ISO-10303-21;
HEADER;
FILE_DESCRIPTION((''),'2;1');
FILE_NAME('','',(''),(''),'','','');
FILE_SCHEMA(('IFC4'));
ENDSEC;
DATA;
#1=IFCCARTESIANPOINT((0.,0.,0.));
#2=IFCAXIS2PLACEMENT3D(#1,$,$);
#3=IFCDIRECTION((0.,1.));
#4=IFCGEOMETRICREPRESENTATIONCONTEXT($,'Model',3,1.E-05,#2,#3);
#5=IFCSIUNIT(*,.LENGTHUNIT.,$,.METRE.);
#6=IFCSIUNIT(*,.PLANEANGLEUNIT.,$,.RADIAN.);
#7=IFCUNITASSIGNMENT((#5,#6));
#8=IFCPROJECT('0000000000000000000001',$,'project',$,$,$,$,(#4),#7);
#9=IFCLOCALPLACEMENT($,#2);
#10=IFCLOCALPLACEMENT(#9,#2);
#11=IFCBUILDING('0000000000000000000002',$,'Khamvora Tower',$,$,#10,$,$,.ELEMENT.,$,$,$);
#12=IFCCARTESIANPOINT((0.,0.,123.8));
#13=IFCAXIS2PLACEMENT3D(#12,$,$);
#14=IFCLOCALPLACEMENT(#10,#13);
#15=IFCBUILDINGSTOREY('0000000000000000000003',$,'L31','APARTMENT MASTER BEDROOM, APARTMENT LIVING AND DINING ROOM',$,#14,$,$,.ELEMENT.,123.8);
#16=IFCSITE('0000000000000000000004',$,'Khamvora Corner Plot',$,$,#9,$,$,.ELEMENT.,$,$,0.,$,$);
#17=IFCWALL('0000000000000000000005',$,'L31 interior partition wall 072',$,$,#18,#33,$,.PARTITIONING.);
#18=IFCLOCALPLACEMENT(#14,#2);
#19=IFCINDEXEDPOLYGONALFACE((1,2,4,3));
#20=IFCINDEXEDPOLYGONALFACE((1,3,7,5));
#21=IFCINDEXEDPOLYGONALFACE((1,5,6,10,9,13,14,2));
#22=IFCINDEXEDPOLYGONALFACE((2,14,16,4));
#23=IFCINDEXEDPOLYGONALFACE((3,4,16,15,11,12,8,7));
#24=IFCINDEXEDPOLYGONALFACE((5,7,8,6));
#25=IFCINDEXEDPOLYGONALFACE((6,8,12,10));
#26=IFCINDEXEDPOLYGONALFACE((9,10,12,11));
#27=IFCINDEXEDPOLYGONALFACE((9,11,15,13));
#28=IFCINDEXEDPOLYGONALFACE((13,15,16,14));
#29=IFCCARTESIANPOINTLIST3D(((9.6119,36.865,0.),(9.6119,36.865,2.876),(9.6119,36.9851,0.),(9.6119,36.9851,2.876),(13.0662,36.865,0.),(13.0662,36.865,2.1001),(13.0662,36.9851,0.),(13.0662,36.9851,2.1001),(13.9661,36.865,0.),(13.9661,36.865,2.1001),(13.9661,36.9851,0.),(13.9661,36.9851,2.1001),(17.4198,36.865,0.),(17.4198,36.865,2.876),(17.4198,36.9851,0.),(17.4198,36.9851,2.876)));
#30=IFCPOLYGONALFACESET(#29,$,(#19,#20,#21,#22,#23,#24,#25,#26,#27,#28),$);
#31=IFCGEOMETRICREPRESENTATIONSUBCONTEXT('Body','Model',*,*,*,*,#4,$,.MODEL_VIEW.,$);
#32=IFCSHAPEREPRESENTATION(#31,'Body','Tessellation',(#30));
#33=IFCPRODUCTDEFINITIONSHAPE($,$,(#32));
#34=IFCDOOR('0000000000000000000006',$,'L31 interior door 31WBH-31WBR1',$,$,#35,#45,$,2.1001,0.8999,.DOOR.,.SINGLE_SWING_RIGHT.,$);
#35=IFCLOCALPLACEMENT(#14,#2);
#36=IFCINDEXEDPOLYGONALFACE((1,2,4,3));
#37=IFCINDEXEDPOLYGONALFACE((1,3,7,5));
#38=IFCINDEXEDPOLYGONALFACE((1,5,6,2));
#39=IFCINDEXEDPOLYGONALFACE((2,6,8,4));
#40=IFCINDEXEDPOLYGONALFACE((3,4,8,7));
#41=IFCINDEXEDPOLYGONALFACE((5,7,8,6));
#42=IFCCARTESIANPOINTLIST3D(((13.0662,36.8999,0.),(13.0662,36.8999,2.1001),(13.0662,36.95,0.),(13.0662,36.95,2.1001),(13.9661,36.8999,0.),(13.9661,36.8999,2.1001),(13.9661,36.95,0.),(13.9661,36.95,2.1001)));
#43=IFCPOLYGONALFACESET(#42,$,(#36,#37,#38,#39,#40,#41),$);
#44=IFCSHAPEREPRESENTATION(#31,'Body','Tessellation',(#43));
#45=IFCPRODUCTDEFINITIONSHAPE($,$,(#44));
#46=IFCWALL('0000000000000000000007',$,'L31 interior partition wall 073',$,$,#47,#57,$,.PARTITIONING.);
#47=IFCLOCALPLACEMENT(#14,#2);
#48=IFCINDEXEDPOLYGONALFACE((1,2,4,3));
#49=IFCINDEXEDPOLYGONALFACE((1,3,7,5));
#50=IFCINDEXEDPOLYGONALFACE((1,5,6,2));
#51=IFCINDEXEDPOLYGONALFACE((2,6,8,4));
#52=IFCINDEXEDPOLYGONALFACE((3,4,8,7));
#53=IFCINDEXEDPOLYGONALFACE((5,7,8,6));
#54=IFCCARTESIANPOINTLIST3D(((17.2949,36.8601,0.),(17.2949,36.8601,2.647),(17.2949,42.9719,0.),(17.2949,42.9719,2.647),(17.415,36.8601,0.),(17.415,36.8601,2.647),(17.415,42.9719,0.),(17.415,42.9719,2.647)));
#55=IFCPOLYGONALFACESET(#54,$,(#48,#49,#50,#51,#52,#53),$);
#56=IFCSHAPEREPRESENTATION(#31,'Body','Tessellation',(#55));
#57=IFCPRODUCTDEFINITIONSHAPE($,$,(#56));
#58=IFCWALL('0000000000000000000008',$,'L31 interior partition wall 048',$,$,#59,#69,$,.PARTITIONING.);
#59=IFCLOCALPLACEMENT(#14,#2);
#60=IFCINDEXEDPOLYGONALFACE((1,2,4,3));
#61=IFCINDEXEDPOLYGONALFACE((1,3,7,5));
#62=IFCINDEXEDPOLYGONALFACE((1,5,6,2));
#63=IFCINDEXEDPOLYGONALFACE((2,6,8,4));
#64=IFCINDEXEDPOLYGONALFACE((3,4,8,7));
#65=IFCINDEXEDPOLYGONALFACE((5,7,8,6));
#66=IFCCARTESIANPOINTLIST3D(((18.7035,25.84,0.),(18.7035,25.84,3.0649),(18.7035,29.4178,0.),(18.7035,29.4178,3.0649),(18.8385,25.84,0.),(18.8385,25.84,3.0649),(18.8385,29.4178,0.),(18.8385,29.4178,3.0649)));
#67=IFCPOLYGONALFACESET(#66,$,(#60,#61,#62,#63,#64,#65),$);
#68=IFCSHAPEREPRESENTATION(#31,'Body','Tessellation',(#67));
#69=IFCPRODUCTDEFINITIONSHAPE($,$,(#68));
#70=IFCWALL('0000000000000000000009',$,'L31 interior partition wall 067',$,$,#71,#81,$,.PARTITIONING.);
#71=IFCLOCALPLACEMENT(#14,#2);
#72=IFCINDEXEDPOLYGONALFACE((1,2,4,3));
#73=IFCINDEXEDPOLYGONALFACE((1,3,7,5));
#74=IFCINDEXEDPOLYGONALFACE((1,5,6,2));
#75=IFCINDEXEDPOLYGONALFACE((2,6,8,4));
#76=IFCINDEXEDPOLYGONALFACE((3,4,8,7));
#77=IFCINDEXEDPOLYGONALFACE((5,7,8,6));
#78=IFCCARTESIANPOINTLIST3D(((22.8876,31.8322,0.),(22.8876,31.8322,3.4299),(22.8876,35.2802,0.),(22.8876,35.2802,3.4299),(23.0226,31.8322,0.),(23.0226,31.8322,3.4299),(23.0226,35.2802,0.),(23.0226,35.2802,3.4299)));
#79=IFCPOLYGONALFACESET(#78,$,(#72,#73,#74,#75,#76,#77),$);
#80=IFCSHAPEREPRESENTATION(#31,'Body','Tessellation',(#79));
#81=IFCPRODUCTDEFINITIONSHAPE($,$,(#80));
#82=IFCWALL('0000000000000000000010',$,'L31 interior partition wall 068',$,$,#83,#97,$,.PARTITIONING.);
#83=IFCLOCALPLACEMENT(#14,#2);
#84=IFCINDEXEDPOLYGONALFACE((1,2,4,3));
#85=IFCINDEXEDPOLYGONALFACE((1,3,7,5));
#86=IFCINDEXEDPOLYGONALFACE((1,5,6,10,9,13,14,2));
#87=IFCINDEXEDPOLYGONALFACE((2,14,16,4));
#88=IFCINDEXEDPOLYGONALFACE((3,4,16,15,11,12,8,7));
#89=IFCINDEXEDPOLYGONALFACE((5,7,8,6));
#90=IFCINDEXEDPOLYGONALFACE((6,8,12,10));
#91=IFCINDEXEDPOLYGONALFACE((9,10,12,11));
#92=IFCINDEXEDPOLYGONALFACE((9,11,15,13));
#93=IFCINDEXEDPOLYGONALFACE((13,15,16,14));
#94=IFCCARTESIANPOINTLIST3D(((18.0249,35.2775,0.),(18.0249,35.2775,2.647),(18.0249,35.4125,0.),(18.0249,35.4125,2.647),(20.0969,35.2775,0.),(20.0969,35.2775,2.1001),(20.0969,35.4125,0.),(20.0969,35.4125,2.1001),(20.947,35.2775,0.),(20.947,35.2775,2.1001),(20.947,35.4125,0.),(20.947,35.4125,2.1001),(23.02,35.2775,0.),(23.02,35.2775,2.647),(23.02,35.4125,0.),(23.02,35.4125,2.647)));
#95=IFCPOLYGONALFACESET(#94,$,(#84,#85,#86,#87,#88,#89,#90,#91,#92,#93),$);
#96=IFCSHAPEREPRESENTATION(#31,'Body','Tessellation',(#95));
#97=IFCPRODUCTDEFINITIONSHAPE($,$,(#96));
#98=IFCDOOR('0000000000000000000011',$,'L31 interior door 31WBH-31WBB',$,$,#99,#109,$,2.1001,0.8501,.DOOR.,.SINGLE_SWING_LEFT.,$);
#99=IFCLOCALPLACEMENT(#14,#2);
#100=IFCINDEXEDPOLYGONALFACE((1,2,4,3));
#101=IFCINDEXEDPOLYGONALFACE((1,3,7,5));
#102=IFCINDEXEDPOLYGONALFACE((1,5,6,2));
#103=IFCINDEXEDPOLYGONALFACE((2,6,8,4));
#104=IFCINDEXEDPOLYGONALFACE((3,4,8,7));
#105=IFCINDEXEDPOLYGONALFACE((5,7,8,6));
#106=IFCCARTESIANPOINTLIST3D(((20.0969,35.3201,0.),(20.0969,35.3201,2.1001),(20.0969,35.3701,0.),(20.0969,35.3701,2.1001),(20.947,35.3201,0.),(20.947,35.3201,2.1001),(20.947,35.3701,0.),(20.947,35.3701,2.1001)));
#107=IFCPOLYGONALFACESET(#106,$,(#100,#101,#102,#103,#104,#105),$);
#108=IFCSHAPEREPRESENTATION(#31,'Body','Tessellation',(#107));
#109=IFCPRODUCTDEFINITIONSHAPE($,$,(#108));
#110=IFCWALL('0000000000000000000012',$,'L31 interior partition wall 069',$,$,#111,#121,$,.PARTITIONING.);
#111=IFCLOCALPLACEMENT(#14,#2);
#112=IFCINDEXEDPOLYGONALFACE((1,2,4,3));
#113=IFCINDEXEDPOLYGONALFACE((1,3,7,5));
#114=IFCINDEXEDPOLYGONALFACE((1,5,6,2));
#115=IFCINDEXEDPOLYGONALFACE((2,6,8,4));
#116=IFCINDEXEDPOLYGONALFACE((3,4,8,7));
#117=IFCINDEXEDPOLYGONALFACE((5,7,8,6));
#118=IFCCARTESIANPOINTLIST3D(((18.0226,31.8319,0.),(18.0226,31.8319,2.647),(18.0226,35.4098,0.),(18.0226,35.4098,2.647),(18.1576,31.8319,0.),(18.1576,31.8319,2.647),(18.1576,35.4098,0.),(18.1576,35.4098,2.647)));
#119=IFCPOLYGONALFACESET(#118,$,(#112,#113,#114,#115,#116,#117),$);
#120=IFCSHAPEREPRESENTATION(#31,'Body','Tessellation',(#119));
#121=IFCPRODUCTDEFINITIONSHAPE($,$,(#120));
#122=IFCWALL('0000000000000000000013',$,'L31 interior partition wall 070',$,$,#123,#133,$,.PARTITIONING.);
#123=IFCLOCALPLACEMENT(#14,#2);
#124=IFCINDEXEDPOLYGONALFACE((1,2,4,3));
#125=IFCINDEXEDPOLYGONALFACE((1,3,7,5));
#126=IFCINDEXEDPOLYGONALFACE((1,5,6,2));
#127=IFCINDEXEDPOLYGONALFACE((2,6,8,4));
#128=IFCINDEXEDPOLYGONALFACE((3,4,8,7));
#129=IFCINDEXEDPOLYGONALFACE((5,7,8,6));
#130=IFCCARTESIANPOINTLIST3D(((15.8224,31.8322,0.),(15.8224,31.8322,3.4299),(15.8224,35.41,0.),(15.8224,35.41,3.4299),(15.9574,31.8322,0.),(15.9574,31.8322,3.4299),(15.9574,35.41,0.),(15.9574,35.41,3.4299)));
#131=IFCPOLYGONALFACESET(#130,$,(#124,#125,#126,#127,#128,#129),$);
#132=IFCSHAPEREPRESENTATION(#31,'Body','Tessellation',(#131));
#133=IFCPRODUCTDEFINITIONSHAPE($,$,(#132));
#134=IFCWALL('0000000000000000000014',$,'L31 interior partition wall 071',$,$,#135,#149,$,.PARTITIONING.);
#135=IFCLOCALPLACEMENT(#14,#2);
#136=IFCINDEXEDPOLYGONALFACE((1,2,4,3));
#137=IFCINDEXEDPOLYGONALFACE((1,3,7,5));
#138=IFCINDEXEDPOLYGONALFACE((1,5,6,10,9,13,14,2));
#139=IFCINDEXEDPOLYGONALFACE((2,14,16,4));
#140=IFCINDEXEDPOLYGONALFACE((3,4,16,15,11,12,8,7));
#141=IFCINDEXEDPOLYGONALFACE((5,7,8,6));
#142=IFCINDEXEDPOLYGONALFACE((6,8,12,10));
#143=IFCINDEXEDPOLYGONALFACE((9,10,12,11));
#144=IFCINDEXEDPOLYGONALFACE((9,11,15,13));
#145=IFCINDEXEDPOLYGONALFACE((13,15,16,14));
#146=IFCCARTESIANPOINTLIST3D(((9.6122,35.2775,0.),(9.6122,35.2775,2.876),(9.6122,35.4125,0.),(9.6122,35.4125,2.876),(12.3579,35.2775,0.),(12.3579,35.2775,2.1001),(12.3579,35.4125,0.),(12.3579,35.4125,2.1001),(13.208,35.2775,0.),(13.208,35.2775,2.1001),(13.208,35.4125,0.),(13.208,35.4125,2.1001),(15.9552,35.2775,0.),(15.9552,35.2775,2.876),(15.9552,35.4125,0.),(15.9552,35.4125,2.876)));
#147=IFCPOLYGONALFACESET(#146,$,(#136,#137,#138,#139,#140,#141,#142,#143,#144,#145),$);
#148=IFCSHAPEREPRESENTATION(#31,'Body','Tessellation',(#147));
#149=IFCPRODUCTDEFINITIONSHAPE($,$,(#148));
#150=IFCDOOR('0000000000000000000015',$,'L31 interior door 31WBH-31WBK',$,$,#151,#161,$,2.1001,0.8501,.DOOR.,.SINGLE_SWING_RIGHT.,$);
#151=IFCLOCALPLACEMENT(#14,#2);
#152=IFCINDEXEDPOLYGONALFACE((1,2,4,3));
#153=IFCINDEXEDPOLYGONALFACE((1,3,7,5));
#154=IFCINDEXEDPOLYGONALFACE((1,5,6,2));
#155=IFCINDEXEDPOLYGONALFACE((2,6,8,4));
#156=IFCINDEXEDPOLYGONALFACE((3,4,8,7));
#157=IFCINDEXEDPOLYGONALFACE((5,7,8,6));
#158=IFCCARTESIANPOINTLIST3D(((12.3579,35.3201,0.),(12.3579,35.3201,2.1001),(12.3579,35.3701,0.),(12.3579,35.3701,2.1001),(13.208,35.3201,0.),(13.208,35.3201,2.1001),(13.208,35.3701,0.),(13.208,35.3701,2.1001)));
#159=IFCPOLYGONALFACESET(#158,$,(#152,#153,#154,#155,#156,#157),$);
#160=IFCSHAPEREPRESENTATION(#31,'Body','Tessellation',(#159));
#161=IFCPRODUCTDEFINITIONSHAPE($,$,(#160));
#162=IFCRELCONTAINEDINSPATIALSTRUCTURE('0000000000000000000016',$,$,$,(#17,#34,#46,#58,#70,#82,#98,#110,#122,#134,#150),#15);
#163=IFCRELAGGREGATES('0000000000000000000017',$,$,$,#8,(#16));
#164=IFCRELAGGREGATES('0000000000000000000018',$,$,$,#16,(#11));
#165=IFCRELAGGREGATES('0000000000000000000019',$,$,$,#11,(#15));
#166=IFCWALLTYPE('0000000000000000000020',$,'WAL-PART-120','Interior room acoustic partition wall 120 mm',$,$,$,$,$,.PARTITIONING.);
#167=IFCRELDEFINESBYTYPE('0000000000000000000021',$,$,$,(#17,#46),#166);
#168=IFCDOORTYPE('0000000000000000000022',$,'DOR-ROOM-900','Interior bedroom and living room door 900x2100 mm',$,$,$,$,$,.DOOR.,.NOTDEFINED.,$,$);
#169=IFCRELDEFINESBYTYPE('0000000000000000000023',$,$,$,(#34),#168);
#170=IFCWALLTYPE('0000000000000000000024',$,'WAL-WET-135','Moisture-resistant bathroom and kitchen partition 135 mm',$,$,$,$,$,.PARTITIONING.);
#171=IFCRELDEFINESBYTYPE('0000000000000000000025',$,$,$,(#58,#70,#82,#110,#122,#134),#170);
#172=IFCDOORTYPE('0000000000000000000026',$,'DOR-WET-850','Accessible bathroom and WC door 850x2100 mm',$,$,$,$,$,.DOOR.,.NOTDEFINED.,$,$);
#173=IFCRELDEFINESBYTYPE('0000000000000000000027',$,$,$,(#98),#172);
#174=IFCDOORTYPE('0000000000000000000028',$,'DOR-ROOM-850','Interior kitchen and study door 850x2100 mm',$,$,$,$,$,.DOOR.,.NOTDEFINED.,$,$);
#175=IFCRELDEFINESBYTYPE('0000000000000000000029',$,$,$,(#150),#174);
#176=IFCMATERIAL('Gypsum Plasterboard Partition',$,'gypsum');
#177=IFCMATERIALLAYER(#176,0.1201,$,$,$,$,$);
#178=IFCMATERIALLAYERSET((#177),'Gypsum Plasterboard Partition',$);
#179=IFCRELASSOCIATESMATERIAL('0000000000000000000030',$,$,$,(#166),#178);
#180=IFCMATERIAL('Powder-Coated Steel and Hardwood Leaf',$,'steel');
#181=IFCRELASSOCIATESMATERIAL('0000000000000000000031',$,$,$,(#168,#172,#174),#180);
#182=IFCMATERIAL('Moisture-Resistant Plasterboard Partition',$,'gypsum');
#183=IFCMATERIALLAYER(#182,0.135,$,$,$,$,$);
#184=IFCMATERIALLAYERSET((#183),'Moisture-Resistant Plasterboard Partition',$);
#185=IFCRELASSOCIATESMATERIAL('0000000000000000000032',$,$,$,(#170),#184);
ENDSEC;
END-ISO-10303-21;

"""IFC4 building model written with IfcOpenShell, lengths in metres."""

from ifc_helpers import new_model, si_unit, direction, frame, frame_2d, origin, place, context, subcontext, project, spatial, rectangle, extrude, material, layer, layer_set, type_object, element, fill, save


model = new_model("IFC4")

# Units and contexts
model_context = context("Model", 3, precision=1e-05, world=origin(), true_north=direction((0.0, 1.0)))
body_context = subcontext(model_context, "Body", "Model", "MODEL_VIEW")
ifc_project = project(units=[si_unit("LENGTHUNIT", "METRE"), si_unit("PLANEANGLEUNIT", "RADIAN")], contexts=[model_context])

# Site, building, storey
site_placement = place(None, origin())
site = spatial("IfcSite", under=ifc_project, at=site_placement, Name="Khamvora Corner Plot", CompositionType="ELEMENT", RefElevation=0.0)
building_placement = place(site_placement, origin())
building = spatial("IfcBuilding", under=site, at=building_placement, Name="Khamvora Tower", CompositionType="ELEMENT")
storey_placement = place(building_placement, frame((0.0, 0.0, 123.8)))
storey = spatial("IfcBuildingStorey", under=building, at=storey_placement, Name="L31", Description="APARTMENT MASTER BEDROOM, APARTMENT LIVING AND DINING ROOM", CompositionType="ELEMENT", Elevation=123.8)

# Shared definitions
ifc_material_1 = material(Name="Powder-Coated Steel and Hardwood Leaf", Category="steel")

# Wall, opening, door
ifc_material_2 = material(Name="Gypsum Plasterboard Partition", Category="gypsum")
ifc_layer_1 = layer(ifc_material_2, 0.1201)
ifc_layer_set_1 = layer_set([ifc_layer_1], Name="Gypsum Plasterboard Partition")
wall_type_1 = type_object("IfcWallType", Name="WAL-PART-120", Description="Interior room acoustic partition wall 120 mm", PredefinedType="PARTITIONING", material=ifc_layer_set_1)
door_type_1 = type_object("IfcDoorType", Name="DOR-ROOM-900", Description="Interior bedroom and living room door 900x2100 mm", OperationType="NOTDEFINED", PredefinedType="DOOR", material=ifc_material_1)
wall_1_placement = place(storey_placement, frame((9.6121, 36.925, 0.0), z_axis=(0.0, 0.0, 1.0), x_axis=(1.0, 0.0, 0.0)))
wall_1 = element("IfcWall", 1, at=wall_1_placement, inside=storey, type_object=wall_type_1, Name="L31 interior partition wall 072", PredefinedType="PARTITIONING", context=body_context, shape_type="SweptSolid", body=[
    extrude(rectangle(XDim=7.8079, YDim=0.1201, at=frame_2d((3.9038, 0.0))), origin(), (0.0, 0.0, 1.0), 2.876),
])
opening_1_placement = place(wall_1_placement, frame((3.4541, 0.0, 0.0)))
opening_1 = element("IfcOpeningElement", 2, at=opening_1_placement, cuts=wall_1, PredefinedType="OPENING", context=body_context, shape_type="SweptSolid", body=[
    extrude(rectangle(XDim=0.8999, YDim=2.1001, at=frame_2d((0.45, 1.05))), frame((0.0, 0.0701, 0.0), z_axis=(0.0, -1.0, 0.0), x_axis=(1.0, 0.0, 0.0)), (0.0, 0.0, 1.0), 0.1401),
])
door_1_placement = place(opening_1_placement, origin())
door_1 = element("IfcDoor", 3, at=door_1_placement, inside=storey, type_object=door_type_1, Name="L31 interior door 31WBH-31WBR1", OperationType="SINGLE_SWING_RIGHT", OverallHeight=2.1001, OverallWidth=0.8999, PredefinedType="DOOR", context=body_context, shape_type="SweptSolid", body=[
    extrude(rectangle(XDim=0.8999, YDim=2.1001, at=frame_2d((0.45, 1.05))), frame((0.0, 0.0249, 0.0), z_axis=(0.0, -1.0, 0.0), x_axis=(1.0, 0.0, 0.0)), (0.0, 0.0, 1.0), 0.05),
])
fill(opening_1, door_1)

# Walls
wall_2_placement = place(storey_placement, frame((17.355, 36.8601, 0.0), z_axis=(0.0, 0.0, 1.0), x_axis=(0.0, 1.0, 0.0)))
element("IfcWall", 4, at=wall_2_placement, inside=storey, type_object=wall_type_1, Name="L31 interior partition wall 073", PredefinedType="PARTITIONING", context=body_context, shape_type="SweptSolid", body=[
    extrude(rectangle(XDim=6.1118, YDim=0.1201, at=frame_2d((3.0559, 0.0))), origin(), (0.0, 0.0, 1.0), 2.647),
])
ifc_material_3 = material(Name="Moisture-Resistant Plasterboard Partition", Category="gypsum")
ifc_layer_2 = layer(ifc_material_3, 0.135)
ifc_layer_set_2 = layer_set([ifc_layer_2], Name="Moisture-Resistant Plasterboard Partition")
wall_type_2 = type_object("IfcWallType", Name="WAL-WET-135", Description="Moisture-resistant bathroom and kitchen partition 135 mm", PredefinedType="PARTITIONING", material=ifc_layer_set_2)
wall_3_placement = place(storey_placement, frame((18.771, 29.418, 0.0), z_axis=(0.0, 0.0, 1.0), x_axis=(0.0, -1.0, 0.0)))
element("IfcWall", 5, at=wall_3_placement, inside=storey, type_object=wall_type_2, Name="L31 interior partition wall 048", PredefinedType="PARTITIONING", context=body_context, shape_type="SweptSolid", body=[
    extrude(rectangle(XDim=3.5779, YDim=0.135, at=frame_2d((1.7891, 0.0))), origin(), (0.0, 0.0, 1.0), 3.0649),
])
wall_4_placement = place(storey_placement, frame((22.9551, 31.832, 0.0), z_axis=(0.0, 0.0, 1.0), x_axis=(0.0, 1.0, 0.0)))
element("IfcWall", 6, at=wall_4_placement, inside=storey, type_object=wall_type_2, Name="L31 interior partition wall 067", PredefinedType="PARTITIONING", context=body_context, shape_type="SweptSolid", body=[
    extrude(rectangle(XDim=3.448, YDim=0.135, at=frame_2d((1.7241, 0.0))), origin(), (0.0, 0.0, 1.0), 3.4299),
])

# Wall, opening, door
wall_5_placement = place(storey_placement, frame((23.02, 35.345, 0.0), z_axis=(0.0, 0.0, 1.0), x_axis=(-1.0, 0.0, 0.0)))
wall_5 = element("IfcWall", 7, at=wall_5_placement, inside=storey, type_object=wall_type_2, Name="L31 interior partition wall 068", PredefinedType="PARTITIONING", context=body_context, shape_type="SweptSolid", body=[
    extrude(rectangle(XDim=4.9951, YDim=0.135, at=frame_2d((2.4976, 0.0))), origin(), (0.0, 0.0, 1.0), 2.647),
])
opening_2_placement = place(wall_5_placement, frame((2.073, 0.0, 0.0)))
opening_2 = element("IfcOpeningElement", 8, at=opening_2_placement, cuts=wall_5, PredefinedType="OPENING", context=body_context, shape_type="SweptSolid", body=[
    extrude(rectangle(XDim=0.8501, YDim=2.1001, at=frame_2d((0.425, 1.05))), frame((0.0, 0.0774, 0.0), z_axis=(0.0, -1.0, 0.0), x_axis=(1.0, 0.0, 0.0)), (0.0, 0.0, 1.0), 0.155),
])
door_type_2 = type_object("IfcDoorType", Name="DOR-WET-850", Description="Accessible bathroom and WC door 850x2100 mm", OperationType="NOTDEFINED", PredefinedType="DOOR", material=ifc_material_1)
door_2_placement = place(opening_2_placement, origin())
door_2 = element("IfcDoor", 9, at=door_2_placement, inside=storey, type_object=door_type_2, Name="L31 interior door 31WBH-31WBB", OperationType="SINGLE_SWING_LEFT", OverallHeight=2.1001, OverallWidth=0.8501, PredefinedType="DOOR", context=body_context, shape_type="SweptSolid", body=[
    extrude(rectangle(XDim=0.8501, YDim=2.1001, at=frame_2d((0.425, 1.05))), frame((0.0, 0.0249, 0.0), z_axis=(0.0, -1.0, 0.0), x_axis=(1.0, 0.0, 0.0)), (0.0, 0.0, 1.0), 0.05),
])
fill(opening_2, door_2)

# Walls
wall_6_placement = place(storey_placement, frame((18.0901, 35.4099, 0.0), z_axis=(0.0, 0.0, 1.0), x_axis=(0.0, -1.0, 0.0)))
element("IfcWall", 10, at=wall_6_placement, inside=storey, type_object=wall_type_2, Name="L31 interior partition wall 069", PredefinedType="PARTITIONING", context=body_context, shape_type="SweptSolid", body=[
    extrude(rectangle(XDim=3.5779, YDim=0.135, at=frame_2d((1.7891, 0.0))), origin(), (0.0, 0.0, 1.0), 2.647),
])
wall_7_placement = place(storey_placement, frame((15.8899, 31.832, 0.0), z_axis=(0.0, 0.0, 1.0), x_axis=(0.0, 1.0, 0.0)))
element("IfcWall", 11, at=wall_7_placement, inside=storey, type_object=wall_type_2, Name="L31 interior partition wall 070", PredefinedType="PARTITIONING", context=body_context, shape_type="SweptSolid", body=[
    extrude(rectangle(XDim=3.5779, YDim=0.135, at=frame_2d((1.7891, 0.0))), origin(), (0.0, 0.0, 1.0), 3.4299),
])

# Wall, opening, door
wall_8_placement = place(storey_placement, frame((15.9551, 35.345, 0.0), z_axis=(0.0, 0.0, 1.0), x_axis=(-1.0, 0.0, 0.0)))
wall_8 = element("IfcWall", 12, at=wall_8_placement, inside=storey, type_object=wall_type_2, Name="L31 interior partition wall 071", PredefinedType="PARTITIONING", context=body_context, shape_type="SweptSolid", body=[
    extrude(rectangle(XDim=6.343, YDim=0.135, at=frame_2d((3.1714, 0.0))), origin(), (0.0, 0.0, 1.0), 2.876),
])
opening_3_placement = place(wall_8_placement, frame((2.7471, 0.0, 0.0)))
opening_3 = element("IfcOpeningElement", 13, at=opening_3_placement, cuts=wall_8, PredefinedType="OPENING", context=body_context, shape_type="SweptSolid", body=[
    extrude(rectangle(XDim=0.8501, YDim=2.1001, at=frame_2d((0.425, 1.05))), frame((0.0, 0.0774, 0.0), z_axis=(0.0, -1.0, 0.0), x_axis=(1.0, 0.0, 0.0)), (0.0, 0.0, 1.0), 0.155),
])
door_type_3 = type_object("IfcDoorType", Name="DOR-ROOM-850", Description="Interior kitchen and study door 850x2100 mm", OperationType="NOTDEFINED", PredefinedType="DOOR", material=ifc_material_1)
door_3_placement = place(opening_3_placement, origin())
door_3 = element("IfcDoor", 14, at=door_3_placement, inside=storey, type_object=door_type_3, Name="L31 interior door 31WBH-31WBK", OperationType="SINGLE_SWING_RIGHT", OverallHeight=2.1001, OverallWidth=0.8501, PredefinedType="DOOR", context=body_context, shape_type="SweptSolid", body=[
    extrude(rectangle(XDim=0.8501, YDim=2.1001, at=frame_2d((0.425, 1.05))), frame((0.0, 0.0249, 0.0), z_axis=(0.0, -1.0, 0.0), x_axis=(1.0, 0.0, 0.0)), (0.0, 0.0, 1.0), 0.05),
])
fill(opening_3, door_3)

save(model, "model.ifc")
